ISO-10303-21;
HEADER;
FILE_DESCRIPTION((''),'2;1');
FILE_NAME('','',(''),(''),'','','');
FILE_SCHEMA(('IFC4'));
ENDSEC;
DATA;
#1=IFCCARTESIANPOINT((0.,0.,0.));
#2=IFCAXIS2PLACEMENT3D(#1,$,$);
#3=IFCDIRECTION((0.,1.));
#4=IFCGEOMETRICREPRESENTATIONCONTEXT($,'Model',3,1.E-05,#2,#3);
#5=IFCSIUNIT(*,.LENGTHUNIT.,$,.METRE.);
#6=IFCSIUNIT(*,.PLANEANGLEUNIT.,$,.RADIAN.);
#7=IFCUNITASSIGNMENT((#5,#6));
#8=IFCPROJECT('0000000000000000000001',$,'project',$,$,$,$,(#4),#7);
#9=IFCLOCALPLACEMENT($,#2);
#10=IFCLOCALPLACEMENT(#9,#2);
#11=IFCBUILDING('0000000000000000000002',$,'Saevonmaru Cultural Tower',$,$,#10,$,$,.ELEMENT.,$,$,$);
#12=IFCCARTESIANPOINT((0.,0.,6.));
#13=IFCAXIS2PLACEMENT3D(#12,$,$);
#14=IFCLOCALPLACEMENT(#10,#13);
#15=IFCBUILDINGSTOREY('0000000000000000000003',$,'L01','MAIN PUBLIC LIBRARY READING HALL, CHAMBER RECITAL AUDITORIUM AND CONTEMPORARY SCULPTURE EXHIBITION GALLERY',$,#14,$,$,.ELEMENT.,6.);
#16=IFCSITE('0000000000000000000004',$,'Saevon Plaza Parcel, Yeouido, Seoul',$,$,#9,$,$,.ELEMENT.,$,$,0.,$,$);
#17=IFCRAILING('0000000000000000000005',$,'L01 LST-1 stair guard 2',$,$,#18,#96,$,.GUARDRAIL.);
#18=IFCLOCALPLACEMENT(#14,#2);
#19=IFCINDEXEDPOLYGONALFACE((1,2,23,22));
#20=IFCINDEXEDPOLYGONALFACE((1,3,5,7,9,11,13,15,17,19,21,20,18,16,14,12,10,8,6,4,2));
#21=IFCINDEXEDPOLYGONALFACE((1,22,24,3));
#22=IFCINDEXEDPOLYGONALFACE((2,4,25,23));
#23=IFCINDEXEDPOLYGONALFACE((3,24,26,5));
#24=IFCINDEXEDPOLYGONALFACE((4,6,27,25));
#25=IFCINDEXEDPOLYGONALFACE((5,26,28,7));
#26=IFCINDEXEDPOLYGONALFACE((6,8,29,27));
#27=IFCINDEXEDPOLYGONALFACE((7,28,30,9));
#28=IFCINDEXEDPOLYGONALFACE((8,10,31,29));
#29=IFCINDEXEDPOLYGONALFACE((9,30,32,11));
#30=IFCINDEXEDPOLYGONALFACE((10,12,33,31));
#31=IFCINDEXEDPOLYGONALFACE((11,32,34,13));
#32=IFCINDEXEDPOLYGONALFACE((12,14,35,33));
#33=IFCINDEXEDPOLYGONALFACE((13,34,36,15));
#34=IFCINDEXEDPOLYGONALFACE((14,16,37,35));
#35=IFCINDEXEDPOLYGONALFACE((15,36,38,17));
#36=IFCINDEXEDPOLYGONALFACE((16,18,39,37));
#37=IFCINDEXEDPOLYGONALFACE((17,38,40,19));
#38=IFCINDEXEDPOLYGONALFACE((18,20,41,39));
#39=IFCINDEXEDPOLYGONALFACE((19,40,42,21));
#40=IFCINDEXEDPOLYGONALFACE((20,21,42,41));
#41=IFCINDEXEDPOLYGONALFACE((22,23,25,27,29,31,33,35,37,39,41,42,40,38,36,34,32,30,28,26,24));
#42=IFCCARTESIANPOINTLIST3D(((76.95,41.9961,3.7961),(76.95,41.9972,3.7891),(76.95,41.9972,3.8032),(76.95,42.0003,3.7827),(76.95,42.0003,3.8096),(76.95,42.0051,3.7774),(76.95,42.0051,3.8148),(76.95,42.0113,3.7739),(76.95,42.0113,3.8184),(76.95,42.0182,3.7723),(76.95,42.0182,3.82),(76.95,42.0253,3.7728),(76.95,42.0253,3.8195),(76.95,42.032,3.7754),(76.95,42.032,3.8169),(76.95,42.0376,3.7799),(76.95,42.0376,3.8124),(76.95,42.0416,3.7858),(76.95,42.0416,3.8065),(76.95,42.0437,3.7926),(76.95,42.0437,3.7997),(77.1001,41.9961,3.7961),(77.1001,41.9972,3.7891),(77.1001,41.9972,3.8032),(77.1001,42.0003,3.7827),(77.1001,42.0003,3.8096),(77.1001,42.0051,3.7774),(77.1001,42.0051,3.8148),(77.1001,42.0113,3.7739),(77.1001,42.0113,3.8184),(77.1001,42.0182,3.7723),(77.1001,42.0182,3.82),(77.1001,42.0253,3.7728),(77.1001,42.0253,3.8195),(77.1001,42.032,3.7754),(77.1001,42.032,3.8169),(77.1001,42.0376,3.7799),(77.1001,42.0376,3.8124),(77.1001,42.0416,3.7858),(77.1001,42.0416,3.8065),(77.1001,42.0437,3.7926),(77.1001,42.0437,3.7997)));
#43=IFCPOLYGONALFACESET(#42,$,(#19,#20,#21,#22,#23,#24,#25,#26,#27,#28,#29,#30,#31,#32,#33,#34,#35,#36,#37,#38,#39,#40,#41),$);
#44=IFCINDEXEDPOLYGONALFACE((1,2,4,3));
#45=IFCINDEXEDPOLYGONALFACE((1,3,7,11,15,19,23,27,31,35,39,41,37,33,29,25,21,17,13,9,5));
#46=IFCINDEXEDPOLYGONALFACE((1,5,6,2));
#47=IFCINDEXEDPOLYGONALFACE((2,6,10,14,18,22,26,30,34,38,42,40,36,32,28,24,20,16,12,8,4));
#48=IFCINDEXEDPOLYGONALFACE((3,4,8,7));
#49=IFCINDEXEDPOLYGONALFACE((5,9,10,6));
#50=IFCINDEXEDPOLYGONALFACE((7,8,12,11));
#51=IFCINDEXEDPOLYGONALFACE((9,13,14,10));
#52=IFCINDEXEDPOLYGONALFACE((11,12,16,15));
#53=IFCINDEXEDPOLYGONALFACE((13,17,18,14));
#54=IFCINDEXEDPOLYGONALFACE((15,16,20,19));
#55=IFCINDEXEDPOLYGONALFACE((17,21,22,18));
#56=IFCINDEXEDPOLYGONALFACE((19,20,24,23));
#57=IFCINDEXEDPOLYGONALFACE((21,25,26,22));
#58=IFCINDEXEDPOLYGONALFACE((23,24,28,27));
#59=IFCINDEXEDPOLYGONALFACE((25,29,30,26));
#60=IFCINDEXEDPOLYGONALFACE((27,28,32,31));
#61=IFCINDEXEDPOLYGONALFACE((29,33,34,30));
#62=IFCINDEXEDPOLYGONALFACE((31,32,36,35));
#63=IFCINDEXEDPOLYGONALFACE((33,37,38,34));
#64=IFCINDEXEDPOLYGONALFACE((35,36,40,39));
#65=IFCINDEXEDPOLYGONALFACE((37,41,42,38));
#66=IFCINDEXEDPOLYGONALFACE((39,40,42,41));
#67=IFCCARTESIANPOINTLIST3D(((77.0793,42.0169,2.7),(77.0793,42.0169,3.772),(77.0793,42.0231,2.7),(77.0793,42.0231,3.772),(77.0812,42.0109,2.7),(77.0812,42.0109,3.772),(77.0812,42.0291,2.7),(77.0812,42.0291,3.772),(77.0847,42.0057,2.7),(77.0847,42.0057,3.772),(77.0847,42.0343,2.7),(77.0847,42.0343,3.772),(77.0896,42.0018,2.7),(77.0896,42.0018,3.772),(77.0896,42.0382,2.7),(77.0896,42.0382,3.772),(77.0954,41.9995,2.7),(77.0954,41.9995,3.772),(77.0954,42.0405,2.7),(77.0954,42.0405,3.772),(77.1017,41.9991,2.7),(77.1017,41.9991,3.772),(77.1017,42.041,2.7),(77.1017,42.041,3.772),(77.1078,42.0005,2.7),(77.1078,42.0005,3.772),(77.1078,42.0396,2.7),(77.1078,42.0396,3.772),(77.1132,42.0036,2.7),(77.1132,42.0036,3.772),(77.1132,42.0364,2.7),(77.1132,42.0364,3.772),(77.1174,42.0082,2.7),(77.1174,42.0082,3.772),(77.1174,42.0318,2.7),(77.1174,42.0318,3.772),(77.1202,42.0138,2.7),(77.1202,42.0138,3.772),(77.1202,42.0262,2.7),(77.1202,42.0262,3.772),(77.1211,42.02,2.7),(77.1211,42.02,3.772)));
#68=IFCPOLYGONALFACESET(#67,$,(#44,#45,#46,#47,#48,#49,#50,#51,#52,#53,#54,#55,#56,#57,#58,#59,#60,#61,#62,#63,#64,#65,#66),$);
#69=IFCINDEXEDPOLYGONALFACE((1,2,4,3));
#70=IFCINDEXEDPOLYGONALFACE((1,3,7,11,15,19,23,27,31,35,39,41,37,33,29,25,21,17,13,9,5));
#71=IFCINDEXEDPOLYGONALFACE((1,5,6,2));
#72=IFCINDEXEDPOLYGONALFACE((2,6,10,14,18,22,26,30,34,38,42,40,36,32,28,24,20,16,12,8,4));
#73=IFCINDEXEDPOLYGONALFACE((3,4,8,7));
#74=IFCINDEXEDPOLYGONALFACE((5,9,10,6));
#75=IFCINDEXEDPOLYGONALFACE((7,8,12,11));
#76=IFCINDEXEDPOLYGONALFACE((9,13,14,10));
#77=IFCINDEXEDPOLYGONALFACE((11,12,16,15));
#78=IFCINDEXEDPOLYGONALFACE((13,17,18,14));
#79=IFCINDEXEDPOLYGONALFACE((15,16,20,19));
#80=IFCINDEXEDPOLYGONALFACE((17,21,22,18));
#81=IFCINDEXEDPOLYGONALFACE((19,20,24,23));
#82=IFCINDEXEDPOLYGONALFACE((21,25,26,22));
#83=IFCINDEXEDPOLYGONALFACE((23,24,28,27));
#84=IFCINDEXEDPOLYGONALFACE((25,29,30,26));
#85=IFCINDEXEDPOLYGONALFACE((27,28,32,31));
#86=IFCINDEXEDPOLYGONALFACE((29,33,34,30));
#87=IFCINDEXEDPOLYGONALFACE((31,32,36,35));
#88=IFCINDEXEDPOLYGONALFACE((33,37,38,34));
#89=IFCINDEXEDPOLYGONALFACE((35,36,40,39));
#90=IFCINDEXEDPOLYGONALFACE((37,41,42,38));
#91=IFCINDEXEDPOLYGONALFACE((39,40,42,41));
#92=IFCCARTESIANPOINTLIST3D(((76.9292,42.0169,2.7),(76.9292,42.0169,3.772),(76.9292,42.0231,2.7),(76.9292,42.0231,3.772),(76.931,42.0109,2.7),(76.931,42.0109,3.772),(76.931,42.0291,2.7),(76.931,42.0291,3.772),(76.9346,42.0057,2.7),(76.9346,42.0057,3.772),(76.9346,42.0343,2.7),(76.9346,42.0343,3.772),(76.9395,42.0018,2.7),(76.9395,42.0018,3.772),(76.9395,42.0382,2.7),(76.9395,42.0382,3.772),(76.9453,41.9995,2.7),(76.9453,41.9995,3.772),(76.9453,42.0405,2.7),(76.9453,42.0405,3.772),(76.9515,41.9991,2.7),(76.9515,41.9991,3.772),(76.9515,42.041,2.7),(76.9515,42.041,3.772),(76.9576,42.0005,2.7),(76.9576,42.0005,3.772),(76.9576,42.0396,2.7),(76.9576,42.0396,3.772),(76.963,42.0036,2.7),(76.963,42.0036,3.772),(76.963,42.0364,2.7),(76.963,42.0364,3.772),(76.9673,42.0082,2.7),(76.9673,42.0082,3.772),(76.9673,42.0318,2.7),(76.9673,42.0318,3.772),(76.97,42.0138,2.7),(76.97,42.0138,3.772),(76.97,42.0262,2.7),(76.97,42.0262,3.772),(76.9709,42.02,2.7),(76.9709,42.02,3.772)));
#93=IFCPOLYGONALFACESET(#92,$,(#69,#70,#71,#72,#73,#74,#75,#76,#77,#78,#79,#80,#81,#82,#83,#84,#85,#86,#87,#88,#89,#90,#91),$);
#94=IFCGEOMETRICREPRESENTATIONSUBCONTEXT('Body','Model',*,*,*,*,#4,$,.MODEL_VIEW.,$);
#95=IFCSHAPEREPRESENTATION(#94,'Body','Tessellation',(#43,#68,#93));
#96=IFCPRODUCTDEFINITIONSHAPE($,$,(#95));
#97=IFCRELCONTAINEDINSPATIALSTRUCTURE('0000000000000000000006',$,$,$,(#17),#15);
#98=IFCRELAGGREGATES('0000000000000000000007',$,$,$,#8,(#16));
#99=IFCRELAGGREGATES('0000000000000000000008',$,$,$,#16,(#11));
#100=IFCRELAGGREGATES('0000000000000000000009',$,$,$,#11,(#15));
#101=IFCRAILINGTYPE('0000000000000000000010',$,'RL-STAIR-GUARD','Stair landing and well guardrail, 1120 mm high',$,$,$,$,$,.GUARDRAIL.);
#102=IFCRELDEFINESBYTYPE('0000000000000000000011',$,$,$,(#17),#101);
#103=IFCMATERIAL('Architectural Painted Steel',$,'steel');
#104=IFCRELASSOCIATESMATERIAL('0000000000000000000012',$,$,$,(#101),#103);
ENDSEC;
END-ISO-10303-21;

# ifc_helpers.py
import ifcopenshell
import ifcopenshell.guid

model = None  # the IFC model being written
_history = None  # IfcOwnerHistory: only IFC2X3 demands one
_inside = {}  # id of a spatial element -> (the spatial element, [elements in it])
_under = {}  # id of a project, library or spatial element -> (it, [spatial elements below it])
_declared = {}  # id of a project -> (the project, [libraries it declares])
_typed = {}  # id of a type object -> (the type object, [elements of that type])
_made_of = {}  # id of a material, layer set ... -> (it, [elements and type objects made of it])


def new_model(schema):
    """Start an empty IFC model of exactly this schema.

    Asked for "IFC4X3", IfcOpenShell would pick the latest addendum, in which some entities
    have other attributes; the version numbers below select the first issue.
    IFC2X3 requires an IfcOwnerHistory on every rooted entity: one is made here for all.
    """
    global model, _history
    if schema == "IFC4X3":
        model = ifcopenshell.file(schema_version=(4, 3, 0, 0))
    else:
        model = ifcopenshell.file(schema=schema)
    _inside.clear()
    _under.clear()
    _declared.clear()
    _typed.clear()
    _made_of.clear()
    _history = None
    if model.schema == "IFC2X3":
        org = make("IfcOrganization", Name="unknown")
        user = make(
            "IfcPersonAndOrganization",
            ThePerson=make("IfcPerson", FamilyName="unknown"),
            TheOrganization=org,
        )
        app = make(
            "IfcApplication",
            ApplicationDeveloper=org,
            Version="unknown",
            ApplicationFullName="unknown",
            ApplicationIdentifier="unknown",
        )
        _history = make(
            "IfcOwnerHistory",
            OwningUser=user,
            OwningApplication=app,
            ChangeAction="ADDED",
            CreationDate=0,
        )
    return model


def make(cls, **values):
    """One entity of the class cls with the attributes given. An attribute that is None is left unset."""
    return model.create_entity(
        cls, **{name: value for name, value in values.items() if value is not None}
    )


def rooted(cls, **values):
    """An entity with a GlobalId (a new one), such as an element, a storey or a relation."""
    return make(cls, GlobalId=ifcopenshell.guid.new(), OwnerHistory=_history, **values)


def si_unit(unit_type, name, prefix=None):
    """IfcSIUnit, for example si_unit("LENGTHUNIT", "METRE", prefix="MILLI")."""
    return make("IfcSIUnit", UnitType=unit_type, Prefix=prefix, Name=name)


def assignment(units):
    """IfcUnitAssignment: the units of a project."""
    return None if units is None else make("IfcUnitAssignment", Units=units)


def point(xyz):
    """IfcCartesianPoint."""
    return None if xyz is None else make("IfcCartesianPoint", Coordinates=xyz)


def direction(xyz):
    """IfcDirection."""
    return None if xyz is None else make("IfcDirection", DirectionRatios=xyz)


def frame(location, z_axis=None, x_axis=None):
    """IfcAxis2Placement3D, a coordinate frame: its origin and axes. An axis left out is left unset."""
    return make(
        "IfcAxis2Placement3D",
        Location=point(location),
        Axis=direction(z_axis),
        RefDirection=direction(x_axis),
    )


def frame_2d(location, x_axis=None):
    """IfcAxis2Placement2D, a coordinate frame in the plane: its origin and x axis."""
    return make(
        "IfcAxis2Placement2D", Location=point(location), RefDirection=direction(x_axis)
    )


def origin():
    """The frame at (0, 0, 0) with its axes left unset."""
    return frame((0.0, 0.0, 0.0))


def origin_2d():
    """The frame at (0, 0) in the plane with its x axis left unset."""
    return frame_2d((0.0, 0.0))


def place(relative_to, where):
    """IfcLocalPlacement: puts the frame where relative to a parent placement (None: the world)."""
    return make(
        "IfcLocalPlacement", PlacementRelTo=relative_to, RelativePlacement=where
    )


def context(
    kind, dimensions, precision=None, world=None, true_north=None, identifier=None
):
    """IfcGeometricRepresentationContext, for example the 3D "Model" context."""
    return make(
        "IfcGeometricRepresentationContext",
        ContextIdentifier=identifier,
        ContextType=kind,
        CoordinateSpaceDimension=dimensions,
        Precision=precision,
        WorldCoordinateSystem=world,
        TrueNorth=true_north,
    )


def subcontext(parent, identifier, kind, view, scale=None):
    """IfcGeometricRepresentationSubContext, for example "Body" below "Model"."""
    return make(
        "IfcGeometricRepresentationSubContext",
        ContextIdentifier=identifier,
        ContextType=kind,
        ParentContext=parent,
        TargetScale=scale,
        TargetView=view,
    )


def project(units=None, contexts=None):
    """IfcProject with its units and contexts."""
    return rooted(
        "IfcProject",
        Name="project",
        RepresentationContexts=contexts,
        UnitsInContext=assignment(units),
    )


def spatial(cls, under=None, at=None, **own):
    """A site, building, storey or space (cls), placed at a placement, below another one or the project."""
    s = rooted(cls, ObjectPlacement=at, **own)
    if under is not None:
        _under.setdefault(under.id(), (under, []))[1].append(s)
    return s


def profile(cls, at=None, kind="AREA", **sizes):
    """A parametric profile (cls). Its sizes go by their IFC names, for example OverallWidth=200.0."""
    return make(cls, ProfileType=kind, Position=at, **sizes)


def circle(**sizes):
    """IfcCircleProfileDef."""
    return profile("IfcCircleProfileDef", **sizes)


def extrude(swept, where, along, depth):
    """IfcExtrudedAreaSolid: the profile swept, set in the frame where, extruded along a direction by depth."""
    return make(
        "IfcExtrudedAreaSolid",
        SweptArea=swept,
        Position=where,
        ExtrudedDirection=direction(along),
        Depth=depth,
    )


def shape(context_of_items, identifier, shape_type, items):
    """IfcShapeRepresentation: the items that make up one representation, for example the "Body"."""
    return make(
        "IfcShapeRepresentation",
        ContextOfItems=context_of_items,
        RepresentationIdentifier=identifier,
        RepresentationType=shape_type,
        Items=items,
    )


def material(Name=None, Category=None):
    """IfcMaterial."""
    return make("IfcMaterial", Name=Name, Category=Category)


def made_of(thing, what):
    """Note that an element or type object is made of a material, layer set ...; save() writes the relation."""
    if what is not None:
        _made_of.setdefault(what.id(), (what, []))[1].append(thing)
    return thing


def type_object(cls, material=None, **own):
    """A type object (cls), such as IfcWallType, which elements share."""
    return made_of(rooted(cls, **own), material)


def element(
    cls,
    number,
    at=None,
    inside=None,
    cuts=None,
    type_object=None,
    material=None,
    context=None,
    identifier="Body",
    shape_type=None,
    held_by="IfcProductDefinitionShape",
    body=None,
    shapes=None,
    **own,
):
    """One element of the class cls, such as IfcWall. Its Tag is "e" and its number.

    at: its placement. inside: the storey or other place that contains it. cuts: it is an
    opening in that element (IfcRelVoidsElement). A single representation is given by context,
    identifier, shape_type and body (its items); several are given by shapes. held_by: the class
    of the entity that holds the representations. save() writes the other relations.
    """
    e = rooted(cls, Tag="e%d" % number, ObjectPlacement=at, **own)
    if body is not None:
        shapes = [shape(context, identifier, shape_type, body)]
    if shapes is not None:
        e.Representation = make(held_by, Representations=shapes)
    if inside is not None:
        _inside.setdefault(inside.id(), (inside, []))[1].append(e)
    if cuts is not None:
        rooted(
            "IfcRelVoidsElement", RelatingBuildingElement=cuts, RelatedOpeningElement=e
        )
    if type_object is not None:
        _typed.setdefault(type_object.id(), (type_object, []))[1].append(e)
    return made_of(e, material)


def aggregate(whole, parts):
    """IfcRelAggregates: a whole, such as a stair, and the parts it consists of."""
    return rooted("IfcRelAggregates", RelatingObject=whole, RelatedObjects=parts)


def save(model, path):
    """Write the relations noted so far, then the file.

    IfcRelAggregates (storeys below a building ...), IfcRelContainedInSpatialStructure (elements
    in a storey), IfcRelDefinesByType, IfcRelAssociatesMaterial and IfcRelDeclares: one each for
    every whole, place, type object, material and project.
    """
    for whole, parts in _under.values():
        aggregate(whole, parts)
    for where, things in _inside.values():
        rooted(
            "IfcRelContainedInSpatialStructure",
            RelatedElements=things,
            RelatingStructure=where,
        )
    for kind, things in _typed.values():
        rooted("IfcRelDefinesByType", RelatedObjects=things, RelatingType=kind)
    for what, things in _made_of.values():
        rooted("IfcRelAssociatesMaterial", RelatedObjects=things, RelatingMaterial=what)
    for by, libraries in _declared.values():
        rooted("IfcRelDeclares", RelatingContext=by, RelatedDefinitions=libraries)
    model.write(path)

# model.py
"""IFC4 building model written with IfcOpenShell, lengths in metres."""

from ifc_helpers import new_model, si_unit, direction, frame, origin, origin_2d, place, context, subcontext, project, spatial, circle, extrude, material, type_object, element, save


model = new_model("IFC4")

# Units and contexts
model_context = context("Model", 3, precision=1e-05, world=origin(), true_north=direction((0.0, 1.0)))
body_context = subcontext(model_context, "Body", "Model", "MODEL_VIEW")
ifc_project = project(units=[si_unit("LENGTHUNIT", "METRE"), si_unit("PLANEANGLEUNIT", "RADIAN")], contexts=[model_context])

# Site, building, storey
site_placement = place(None, origin())
site = spatial("IfcSite", under=ifc_project, at=site_placement, Name="Saevon Plaza Parcel, Yeouido, Seoul", CompositionType="ELEMENT", RefElevation=0.0)
building_placement = place(site_placement, origin())
building = spatial("IfcBuilding", under=site, at=building_placement, Name="Saevonmaru Cultural Tower", CompositionType="ELEMENT")
storey_placement = place(building_placement, frame((0.0, 0.0, 6.0)))
storey = spatial("IfcBuildingStorey", under=building, at=storey_placement, Name="L01", Description="MAIN PUBLIC LIBRARY READING HALL, CHAMBER RECITAL AUDITORIUM AND CONTEMPORARY SCULPTURE EXHIBITION GALLERY", CompositionType="ELEMENT", Elevation=6.0)

# Railing
ifc_material_1 = material(Name="Architectural Painted Steel", Category="steel")
railing_type_1 = type_object("IfcRailingType", Name="RL-STAIR-GUARD", Description="Stair landing and well guardrail, 1120 mm high", PredefinedType="GUARDRAIL", material=ifc_material_1)
railing_1_placement = place(storey_placement, frame((77.1001, 42.02, 2.7)))
element("IfcRailing", 1, at=railing_1_placement, inside=storey, type_object=railing_type_1, Name="L01 LST-1 stair guard 2", PredefinedType="GUARDRAIL", context=body_context, shape_type="SweptSolid", body=[
    extrude(circle(Radius=0.0239, at=origin_2d()), frame((0.0, 0.0, 1.0962), z_axis=(-1.0, 0.0, 0.0), x_axis=(0.0, -1.0, 0.0)), (0.0, 0.0, 1.0), 0.1501),
    extrude(circle(Radius=0.021, at=origin_2d()), origin(), (0.0, 0.0, 1.0), 1.072),
    extrude(circle(Radius=0.021, at=origin_2d()), frame((-0.1501, 0.0, 0.0)), (0.0, 0.0, 1.0), 1.072),
])

save(model, "model.ifc")
